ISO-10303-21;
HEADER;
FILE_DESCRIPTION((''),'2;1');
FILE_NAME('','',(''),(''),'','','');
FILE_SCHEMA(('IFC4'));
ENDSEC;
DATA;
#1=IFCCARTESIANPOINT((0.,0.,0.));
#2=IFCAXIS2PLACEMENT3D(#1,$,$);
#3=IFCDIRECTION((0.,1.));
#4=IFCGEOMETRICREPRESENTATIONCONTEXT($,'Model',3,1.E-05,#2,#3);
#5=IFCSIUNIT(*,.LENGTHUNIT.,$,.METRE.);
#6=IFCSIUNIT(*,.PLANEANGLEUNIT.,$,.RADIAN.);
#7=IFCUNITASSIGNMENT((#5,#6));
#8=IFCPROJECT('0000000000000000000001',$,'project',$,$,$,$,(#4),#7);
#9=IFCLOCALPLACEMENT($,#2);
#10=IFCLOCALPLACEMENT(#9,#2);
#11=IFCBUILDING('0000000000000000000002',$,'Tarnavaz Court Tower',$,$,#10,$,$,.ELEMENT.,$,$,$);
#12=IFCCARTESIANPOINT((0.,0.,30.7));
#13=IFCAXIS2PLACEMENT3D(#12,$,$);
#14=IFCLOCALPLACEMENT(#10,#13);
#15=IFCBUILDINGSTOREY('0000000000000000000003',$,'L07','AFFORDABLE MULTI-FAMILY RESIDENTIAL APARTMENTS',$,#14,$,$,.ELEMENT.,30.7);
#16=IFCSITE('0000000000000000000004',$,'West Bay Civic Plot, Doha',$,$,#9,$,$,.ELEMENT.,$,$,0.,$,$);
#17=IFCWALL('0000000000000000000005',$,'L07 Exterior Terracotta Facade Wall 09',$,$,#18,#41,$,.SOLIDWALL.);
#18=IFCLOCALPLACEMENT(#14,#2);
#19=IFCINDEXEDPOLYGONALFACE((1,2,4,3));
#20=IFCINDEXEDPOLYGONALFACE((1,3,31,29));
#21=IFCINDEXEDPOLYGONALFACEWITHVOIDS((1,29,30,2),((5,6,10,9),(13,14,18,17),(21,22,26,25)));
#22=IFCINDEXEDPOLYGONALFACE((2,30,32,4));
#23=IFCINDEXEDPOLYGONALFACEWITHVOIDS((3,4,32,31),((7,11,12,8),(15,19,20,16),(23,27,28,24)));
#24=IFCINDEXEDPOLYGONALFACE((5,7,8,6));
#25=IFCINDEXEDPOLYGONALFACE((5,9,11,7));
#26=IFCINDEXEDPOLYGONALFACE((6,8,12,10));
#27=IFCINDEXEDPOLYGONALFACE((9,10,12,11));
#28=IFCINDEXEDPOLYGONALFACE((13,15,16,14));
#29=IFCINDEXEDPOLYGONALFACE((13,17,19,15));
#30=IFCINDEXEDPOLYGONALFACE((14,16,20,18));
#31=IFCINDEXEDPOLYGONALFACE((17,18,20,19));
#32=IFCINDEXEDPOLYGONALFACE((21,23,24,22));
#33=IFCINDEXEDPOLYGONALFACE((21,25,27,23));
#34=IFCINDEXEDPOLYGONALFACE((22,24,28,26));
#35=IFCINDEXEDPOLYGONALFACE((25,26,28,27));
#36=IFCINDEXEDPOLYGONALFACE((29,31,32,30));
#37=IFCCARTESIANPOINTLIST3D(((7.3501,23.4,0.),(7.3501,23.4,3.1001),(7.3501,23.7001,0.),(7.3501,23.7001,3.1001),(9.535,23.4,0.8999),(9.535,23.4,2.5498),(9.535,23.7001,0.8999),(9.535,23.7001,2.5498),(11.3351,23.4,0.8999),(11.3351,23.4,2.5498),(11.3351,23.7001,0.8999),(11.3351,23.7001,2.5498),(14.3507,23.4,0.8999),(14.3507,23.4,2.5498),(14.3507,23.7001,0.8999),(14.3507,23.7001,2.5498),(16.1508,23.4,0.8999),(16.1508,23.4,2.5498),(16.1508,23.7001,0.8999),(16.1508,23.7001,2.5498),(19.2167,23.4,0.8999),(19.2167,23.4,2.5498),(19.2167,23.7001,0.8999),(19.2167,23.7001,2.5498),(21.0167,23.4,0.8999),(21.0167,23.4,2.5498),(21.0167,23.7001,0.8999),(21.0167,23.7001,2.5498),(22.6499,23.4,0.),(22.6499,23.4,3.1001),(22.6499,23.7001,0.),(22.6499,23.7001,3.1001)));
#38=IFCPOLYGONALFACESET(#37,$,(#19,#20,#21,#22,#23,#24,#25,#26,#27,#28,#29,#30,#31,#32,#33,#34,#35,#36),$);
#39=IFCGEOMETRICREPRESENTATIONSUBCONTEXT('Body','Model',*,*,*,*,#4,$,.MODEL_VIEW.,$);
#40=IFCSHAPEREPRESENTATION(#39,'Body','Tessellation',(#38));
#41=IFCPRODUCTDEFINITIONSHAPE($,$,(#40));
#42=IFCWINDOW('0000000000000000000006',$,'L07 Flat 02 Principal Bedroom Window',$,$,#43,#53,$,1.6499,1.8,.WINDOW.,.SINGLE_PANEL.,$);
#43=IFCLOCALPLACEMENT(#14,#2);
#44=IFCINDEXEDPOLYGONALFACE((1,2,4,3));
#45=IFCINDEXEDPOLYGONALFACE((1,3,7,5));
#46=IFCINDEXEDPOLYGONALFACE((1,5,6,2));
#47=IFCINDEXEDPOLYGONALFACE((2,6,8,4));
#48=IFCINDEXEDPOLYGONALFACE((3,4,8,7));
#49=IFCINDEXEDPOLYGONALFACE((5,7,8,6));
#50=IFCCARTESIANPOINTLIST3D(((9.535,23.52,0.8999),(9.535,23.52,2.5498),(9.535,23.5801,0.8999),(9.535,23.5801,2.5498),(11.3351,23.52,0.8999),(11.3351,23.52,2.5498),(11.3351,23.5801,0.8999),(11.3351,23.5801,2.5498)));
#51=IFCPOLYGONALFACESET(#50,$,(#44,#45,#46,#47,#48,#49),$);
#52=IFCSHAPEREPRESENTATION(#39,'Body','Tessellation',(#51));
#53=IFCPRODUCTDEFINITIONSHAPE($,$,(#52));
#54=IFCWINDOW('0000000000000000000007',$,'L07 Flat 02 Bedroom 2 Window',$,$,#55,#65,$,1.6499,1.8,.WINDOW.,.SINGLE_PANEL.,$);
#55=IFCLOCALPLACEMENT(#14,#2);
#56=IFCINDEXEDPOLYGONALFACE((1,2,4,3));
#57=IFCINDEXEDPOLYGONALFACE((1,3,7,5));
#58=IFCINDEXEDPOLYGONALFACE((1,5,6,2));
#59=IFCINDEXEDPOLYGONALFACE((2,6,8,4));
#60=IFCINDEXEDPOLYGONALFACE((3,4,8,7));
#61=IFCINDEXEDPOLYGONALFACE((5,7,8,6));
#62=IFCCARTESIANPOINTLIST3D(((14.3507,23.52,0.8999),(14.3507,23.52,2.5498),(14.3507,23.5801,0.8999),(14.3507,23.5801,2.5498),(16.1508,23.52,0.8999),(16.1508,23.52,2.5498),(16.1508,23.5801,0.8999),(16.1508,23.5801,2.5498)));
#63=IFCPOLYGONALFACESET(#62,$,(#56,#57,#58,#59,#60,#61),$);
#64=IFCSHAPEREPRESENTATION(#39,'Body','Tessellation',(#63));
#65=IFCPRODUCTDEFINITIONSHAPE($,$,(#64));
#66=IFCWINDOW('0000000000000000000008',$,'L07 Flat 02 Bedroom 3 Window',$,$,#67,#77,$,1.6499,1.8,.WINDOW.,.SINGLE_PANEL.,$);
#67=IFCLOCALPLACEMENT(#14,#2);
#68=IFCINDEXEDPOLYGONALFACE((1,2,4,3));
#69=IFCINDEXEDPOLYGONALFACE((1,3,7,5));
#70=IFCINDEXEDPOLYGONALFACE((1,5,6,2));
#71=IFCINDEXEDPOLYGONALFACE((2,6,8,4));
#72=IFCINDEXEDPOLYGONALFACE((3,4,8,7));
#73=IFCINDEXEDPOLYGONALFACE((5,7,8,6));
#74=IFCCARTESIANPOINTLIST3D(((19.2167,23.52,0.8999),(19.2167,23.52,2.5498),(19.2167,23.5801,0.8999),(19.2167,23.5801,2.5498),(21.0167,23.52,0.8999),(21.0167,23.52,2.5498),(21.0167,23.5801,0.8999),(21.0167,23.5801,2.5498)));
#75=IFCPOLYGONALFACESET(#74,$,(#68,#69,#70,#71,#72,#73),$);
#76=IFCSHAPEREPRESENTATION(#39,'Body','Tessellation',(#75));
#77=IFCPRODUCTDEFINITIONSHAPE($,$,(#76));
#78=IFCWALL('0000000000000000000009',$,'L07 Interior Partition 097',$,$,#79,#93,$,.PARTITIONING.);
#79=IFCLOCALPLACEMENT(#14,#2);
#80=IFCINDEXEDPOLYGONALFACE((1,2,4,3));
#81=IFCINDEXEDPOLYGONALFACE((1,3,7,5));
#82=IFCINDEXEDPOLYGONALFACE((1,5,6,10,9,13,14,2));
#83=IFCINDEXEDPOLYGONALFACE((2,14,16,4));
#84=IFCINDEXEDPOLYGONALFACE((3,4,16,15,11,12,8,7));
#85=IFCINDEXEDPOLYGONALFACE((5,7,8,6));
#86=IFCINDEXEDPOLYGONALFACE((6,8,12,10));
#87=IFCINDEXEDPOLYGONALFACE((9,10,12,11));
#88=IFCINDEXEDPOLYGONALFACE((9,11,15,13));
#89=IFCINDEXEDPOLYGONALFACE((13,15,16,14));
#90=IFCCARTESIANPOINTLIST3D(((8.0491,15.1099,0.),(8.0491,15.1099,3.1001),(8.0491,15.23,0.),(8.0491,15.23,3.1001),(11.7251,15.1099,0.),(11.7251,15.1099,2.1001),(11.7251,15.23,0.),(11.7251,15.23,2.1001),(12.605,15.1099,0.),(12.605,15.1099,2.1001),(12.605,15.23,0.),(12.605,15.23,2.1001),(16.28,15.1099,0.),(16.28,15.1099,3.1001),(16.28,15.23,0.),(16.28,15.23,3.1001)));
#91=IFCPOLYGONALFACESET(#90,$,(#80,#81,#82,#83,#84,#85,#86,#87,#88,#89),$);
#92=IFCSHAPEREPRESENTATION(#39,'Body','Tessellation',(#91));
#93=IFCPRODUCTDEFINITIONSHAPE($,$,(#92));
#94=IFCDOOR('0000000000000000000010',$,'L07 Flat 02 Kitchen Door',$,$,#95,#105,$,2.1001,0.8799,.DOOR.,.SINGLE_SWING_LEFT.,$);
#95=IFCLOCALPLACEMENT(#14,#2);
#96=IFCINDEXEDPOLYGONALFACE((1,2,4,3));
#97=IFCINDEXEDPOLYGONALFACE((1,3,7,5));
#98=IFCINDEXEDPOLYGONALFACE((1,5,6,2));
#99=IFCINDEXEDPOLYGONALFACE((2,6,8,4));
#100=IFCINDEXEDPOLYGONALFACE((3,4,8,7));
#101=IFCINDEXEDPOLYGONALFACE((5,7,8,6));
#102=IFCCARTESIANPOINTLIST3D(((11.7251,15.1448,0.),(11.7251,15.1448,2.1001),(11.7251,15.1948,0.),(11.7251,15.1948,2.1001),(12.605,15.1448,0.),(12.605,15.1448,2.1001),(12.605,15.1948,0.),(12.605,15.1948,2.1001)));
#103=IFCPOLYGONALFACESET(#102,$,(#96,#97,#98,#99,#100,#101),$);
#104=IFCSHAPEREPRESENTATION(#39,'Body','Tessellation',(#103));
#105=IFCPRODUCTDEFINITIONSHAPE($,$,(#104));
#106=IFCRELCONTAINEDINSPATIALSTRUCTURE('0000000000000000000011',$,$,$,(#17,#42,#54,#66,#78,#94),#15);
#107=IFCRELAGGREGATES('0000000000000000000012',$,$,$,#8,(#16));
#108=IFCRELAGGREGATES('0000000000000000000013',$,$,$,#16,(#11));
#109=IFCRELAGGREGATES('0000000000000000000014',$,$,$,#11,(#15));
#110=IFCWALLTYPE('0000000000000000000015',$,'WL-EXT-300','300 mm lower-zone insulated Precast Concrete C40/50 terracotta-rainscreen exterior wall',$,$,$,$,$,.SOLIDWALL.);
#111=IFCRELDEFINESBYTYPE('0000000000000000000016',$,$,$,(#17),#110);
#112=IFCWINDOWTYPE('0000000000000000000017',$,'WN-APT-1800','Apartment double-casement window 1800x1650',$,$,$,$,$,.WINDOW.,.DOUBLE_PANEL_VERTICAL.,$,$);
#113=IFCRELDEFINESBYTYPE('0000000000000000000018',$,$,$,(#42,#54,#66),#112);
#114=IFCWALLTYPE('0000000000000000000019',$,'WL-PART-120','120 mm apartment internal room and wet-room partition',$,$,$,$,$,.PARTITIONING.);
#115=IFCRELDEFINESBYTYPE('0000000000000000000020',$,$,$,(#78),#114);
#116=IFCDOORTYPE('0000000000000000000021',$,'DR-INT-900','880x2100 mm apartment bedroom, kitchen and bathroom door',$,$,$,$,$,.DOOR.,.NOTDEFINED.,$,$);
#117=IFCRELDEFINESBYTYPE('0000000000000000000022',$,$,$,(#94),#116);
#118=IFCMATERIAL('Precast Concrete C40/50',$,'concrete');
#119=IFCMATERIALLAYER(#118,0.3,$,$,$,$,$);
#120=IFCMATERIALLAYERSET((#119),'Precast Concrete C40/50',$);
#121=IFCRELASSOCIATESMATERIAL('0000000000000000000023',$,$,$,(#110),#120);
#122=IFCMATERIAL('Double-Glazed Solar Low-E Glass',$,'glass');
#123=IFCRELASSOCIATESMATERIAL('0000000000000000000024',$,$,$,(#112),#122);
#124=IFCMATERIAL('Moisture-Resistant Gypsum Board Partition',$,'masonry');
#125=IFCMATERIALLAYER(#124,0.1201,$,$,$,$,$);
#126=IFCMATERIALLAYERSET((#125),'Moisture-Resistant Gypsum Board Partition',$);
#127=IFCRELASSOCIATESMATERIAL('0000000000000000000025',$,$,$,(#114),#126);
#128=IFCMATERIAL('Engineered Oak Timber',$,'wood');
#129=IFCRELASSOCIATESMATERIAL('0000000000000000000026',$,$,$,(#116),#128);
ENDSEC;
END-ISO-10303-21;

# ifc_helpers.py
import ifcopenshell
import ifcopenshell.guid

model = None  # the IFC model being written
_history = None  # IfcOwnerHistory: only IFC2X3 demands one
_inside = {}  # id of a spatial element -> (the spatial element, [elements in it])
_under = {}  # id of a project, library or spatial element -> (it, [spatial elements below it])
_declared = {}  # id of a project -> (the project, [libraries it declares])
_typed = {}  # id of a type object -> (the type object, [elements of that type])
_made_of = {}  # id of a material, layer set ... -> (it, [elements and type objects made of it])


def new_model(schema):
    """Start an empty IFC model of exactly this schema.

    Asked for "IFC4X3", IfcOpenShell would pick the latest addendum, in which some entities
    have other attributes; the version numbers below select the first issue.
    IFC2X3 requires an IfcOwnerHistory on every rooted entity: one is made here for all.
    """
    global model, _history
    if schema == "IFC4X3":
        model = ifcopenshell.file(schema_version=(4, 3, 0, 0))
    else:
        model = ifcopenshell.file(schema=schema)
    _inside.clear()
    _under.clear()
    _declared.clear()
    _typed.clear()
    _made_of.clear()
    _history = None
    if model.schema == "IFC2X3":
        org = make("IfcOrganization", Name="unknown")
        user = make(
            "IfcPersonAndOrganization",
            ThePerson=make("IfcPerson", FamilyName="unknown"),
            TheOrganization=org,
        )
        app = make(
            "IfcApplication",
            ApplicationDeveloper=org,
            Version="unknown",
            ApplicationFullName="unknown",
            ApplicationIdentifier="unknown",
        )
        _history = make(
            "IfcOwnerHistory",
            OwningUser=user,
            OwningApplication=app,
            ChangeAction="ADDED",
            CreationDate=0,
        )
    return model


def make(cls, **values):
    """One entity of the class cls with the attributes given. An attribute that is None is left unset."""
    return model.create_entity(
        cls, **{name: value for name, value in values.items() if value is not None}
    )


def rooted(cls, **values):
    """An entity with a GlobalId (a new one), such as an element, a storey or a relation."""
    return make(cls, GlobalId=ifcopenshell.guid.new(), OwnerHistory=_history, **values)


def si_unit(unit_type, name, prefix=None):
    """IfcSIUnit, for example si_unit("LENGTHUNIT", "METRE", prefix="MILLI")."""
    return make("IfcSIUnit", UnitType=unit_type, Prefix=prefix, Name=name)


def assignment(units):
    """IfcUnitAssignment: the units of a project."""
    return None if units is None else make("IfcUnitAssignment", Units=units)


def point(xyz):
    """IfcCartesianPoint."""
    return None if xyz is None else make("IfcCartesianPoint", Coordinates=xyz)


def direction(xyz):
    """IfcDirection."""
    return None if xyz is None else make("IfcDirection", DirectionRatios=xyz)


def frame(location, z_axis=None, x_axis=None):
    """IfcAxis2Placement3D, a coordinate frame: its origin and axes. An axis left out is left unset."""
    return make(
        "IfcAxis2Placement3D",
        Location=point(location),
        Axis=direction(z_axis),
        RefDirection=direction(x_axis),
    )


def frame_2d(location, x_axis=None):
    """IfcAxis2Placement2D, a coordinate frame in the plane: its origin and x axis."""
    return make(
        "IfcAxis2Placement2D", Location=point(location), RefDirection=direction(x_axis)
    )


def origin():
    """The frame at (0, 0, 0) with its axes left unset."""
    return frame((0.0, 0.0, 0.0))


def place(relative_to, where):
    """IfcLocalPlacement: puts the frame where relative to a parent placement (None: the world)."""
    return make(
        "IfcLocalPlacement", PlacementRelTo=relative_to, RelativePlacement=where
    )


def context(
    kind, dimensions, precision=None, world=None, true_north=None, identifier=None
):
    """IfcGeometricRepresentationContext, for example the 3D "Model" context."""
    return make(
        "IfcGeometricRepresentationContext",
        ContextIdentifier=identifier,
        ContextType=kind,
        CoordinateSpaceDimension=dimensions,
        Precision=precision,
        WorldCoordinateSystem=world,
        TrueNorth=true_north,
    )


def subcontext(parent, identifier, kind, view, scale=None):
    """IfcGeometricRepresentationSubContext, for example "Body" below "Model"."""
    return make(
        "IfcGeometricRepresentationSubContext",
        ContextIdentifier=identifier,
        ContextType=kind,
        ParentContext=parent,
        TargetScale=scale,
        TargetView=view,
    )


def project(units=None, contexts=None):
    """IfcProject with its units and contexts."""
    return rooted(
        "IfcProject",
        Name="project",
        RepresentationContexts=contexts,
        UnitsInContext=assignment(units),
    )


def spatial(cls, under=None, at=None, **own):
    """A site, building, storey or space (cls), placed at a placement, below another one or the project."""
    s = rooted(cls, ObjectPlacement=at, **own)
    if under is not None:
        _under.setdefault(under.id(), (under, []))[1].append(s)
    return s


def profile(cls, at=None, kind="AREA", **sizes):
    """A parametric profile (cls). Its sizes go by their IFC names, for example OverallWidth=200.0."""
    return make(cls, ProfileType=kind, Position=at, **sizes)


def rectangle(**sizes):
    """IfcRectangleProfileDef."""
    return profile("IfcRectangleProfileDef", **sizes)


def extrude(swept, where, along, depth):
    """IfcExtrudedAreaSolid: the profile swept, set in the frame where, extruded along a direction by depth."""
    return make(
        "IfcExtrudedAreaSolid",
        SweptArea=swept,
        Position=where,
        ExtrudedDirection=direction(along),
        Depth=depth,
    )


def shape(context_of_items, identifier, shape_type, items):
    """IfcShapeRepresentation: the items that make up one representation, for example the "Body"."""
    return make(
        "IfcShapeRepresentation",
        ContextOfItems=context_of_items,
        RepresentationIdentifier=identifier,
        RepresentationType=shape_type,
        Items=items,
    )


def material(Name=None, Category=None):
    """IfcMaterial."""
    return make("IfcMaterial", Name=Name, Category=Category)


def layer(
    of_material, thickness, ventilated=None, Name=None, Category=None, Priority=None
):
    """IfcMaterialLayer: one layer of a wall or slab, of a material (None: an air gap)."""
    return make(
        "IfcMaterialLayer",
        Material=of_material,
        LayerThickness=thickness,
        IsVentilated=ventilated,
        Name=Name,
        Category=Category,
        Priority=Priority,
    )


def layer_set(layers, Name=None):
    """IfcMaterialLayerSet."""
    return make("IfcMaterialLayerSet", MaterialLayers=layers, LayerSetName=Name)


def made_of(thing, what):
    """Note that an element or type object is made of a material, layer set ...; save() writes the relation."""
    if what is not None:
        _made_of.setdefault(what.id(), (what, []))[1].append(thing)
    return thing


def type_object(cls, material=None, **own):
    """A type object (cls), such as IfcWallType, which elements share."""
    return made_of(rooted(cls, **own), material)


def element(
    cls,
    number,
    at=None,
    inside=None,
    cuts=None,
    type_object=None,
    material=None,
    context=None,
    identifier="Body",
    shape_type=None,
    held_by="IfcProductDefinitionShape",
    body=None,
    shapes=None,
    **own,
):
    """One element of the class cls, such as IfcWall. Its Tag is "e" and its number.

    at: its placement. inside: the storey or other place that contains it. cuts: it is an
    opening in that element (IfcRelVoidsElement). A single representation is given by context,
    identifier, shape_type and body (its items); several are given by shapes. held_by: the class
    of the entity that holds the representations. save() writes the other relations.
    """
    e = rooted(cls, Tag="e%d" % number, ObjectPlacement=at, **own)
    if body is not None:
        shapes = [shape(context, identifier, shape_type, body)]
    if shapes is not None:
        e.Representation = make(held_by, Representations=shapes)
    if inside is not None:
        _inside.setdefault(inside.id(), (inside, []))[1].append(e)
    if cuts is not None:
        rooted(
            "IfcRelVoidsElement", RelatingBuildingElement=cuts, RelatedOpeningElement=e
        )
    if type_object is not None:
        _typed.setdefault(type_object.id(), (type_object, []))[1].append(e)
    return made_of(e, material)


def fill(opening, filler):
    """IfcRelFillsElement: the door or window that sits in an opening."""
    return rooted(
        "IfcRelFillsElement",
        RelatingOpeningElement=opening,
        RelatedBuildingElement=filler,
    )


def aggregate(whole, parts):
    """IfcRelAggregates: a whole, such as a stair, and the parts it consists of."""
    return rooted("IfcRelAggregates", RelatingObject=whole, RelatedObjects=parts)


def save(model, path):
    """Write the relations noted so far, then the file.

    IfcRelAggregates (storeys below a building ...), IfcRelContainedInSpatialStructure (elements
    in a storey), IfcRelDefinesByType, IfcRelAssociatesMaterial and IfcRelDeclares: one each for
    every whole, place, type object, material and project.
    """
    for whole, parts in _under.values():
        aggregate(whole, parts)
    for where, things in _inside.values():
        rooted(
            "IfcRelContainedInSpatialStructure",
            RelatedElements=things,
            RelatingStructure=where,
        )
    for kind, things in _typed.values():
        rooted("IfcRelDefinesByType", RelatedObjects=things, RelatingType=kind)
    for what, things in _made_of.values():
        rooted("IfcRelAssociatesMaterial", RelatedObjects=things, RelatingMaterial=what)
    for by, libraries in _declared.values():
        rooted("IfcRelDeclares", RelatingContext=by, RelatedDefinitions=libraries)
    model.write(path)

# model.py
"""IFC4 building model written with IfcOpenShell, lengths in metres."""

from ifc_helpers import new_model, si_unit, direction, frame, frame_2d, origin, place, context, subcontext, project, spatial, rectangle, extrude, material, layer, layer_set, type_object, element, fill, save


model = new_model("IFC4")

# Units and contexts
model_context = context("Model", 3, precision=1e-05, world=origin(), true_north=direction((0.0, 1.0)))
body_context = subcontext(model_context, "Body", "Model", "MODEL_VIEW")
ifc_project = project(units=[si_unit("LENGTHUNIT", "METRE"), si_unit("PLANEANGLEUNIT", "RADIAN")], contexts=[model_context])

# Site, building, storey
site_placement = place(None, origin())
site = spatial("IfcSite", under=ifc_project, at=site_placement, Name="West Bay Civic Plot, Doha", CompositionType="ELEMENT", RefElevation=0.0)
building_placement = place(site_placement, origin())
building = spatial("IfcBuilding", under=site, at=building_placement, Name="Tarnavaz Court Tower", CompositionType="ELEMENT")
storey_placement = place(building_placement, frame((0.0, 0.0, 30.7)))
storey = spatial("IfcBuildingStorey", under=building, at=storey_placement, Name="L07", Description="AFFORDABLE MULTI-FAMILY RESIDENTIAL APARTMENTS", CompositionType="ELEMENT", Elevation=30.7)

# Shared definitions
ifc_material_1 = material(Name="Double-Glazed Solar Low-E Glass", Category="glass")

# Shared definitions
ifc_material_2 = material(Name="Precast Concrete C40/50", Category="concrete")
ifc_layer_1 = layer(ifc_material_2, 0.3)
ifc_layer_set_1 = layer_set([ifc_layer_1], Name="Precast Concrete C40/50")
wall_type_1 = type_object("IfcWallType", Name="WL-EXT-300", Description="300 mm lower-zone insulated Precast Concrete C40/50 terracotta-rainscreen exterior wall", PredefinedType="SOLIDWALL", material=ifc_layer_set_1)

# Wall, openings, windows
wall_1_placement = place(storey_placement, frame((7.3501, 23.55, 0.0), z_axis=(0.0, 0.0, 1.0), x_axis=(1.0, 0.0, 0.0)))
wall_1 = element("IfcWall", 1, at=wall_1_placement, inside=storey, type_object=wall_type_1, Name="L07 Exterior Terracotta Facade Wall 09", PredefinedType="SOLIDWALL", context=body_context, shape_type="SweptSolid", body=[
    extrude(rectangle(XDim=15.2998, YDim=0.3, at=frame_2d((7.6499, 0.0))), origin(), (0.0, 0.0, 1.0), 3.1001),
])
opening_1_placement = place(wall_1_placement, frame((2.1851, 0.0, 0.8999)))
opening_1 = element("IfcOpeningElement", 2, at=opening_1_placement, cuts=wall_1, PredefinedType="OPENING", context=body_context, shape_type="SweptSolid", body=[
    extrude(rectangle(XDim=1.8, YDim=1.6499, at=frame_2d((0.8999, 0.825))), frame((0.0, 0.1599, 0.0), z_axis=(0.0, -1.0, 0.0), x_axis=(1.0, 0.0, 0.0)), (0.0, 0.0, 1.0), 0.3201),
])
opening_2_placement = place(wall_1_placement, frame((7.0007, 0.0, 0.8999)))
opening_2 = element("IfcOpeningElement", 3, at=opening_2_placement, cuts=wall_1, PredefinedType="OPENING", context=body_context, shape_type="SweptSolid", body=[
    extrude(rectangle(XDim=1.8, YDim=1.6499, at=frame_2d((0.8999, 0.825))), frame((0.0, 0.1599, 0.0), z_axis=(0.0, -1.0, 0.0), x_axis=(1.0, 0.0, 0.0)), (0.0, 0.0, 1.0), 0.3201),
])
opening_3_placement = place(wall_1_placement, frame((11.8667, 0.0, 0.8999)))
opening_3 = element("IfcOpeningElement", 4, at=opening_3_placement, cuts=wall_1, PredefinedType="OPENING", context=body_context, shape_type="SweptSolid", body=[
    extrude(rectangle(XDim=1.8, YDim=1.6499, at=frame_2d((0.8999, 0.825))), frame((0.0, 0.1599, 0.0), z_axis=(0.0, -1.0, 0.0), x_axis=(1.0, 0.0, 0.0)), (0.0, 0.0, 1.0), 0.3201),
])
window_type_1 = type_object("IfcWindowType", Name="WN-APT-1800", Description="Apartment double-casement window 1800x1650", PartitioningType="DOUBLE_PANEL_VERTICAL", PredefinedType="WINDOW", material=ifc_material_1)
window_1_placement = place(opening_1_placement, origin())
window_1 = element("IfcWindow", 5, at=window_1_placement, inside=storey, type_object=window_type_1, Name="L07 Flat 02 Principal Bedroom Window", OverallHeight=1.6499, OverallWidth=1.8, PartitioningType="SINGLE_PANEL", PredefinedType="WINDOW", context=body_context, shape_type="SweptSolid", body=[
    extrude(rectangle(XDim=1.8, YDim=1.6499, at=frame_2d((0.8999, 0.825))), frame((0.0, 0.03, 0.0), z_axis=(0.0, -1.0, 0.0), x_axis=(1.0, 0.0, 0.0)), (0.0, 0.0, 1.0), 0.0601),
])
fill(opening_1, window_1)
window_2_placement = place(opening_2_placement, origin())
window_2 = element("IfcWindow", 6, at=window_2_placement, inside=storey, type_object=window_type_1, Name="L07 Flat 02 Bedroom 2 Window", OverallHeight=1.6499, OverallWidth=1.8, PartitioningType="SINGLE_PANEL", PredefinedType="WINDOW", context=body_context, shape_type="SweptSolid", body=[
    extrude(rectangle(XDim=1.8, YDim=1.6499, at=frame_2d((0.8999, 0.825))), frame((0.0, 0.03, 0.0), z_axis=(0.0, -1.0, 0.0), x_axis=(1.0, 0.0, 0.0)), (0.0, 0.0, 1.0), 0.0601),
])
fill(opening_2, window_2)
window_3_placement = place(opening_3_placement, origin())
window_3 = element("IfcWindow", 7, at=window_3_placement, inside=storey, type_object=window_type_1, Name="L07 Flat 02 Bedroom 3 Window", OverallHeight=1.6499, OverallWidth=1.8, PartitioningType="SINGLE_PANEL", PredefinedType="WINDOW", context=body_context, shape_type="SweptSolid", body=[
    extrude(rectangle(XDim=1.8, YDim=1.6499, at=frame_2d((0.8999, 0.825))), frame((0.0, 0.03, 0.0), z_axis=(0.0, -1.0, 0.0), x_axis=(1.0, 0.0, 0.0)), (0.0, 0.0, 1.0), 0.0601),
])
fill(opening_3, window_3)

# Wall, opening, door
ifc_material_3 = material(Name="Moisture-Resistant Gypsum Board Partition", Category="masonry")
ifc_layer_2 = layer(ifc_material_3, 0.1201)
ifc_layer_set_2 = layer_set([ifc_layer_2], Name="Moisture-Resistant Gypsum Board Partition")
wall_type_2 = type_object("IfcWallType", Name="WL-PART-120", Description="120 mm apartment internal room and wet-room partition", PredefinedType="PARTITIONING", material=ifc_layer_set_2)
wall_2_placement = place(storey_placement, frame((8.0491, 15.1699, 0.0), z_axis=(0.0, 0.0, 1.0), x_axis=(1.0, 0.0, 0.0)))
wall_2 = element("IfcWall", 8, at=wall_2_placement, inside=storey, type_object=wall_type_2, Name="L07 Interior Partition 097", PredefinedType="PARTITIONING", context=body_context, shape_type="SweptSolid", body=[
    extrude(rectangle(XDim=8.231, YDim=0.1201, at=frame_2d((4.1155, 0.0))), origin(), (0.0, 0.0, 1.0), 3.1001),
])
opening_4_placement = place(wall_2_placement, frame((3.676, 0.0, 0.0)))
opening_4 = element("IfcOpeningElement", 9, at=opening_4_placement, cuts=wall_2, PredefinedType="OPENING", context=body_context, shape_type="SweptSolid", body=[
    extrude(rectangle(XDim=0.8799, YDim=2.1001, at=frame_2d((0.4399, 1.05))), frame((0.0, 0.0701, 0.0), z_axis=(0.0, -1.0, 0.0), x_axis=(1.0, 0.0, 0.0)), (0.0, 0.0, 1.0), 0.1401),
])
ifc_material_4 = material(Name="Engineered Oak Timber", Category="wood")
door_type = type_object("IfcDoorType", Name="DR-INT-900", Description="880x2100 mm apartment bedroom, kitchen and bathroom door", OperationType="NOTDEFINED", PredefinedType="DOOR", material=ifc_material_4)
door_1_placement = place(opening_4_placement, origin())
door_1 = element("IfcDoor", 10, at=door_1_placement, inside=storey, type_object=door_type, Name="L07 Flat 02 Kitchen Door", OperationType="SINGLE_SWING_LEFT", OverallHeight=2.1001, OverallWidth=0.8799, PredefinedType="DOOR", context=body_context, shape_type="SweptSolid", body=[
    extrude(rectangle(XDim=0.8799, YDim=2.1001, at=frame_2d((0.4399, 1.05))), frame((0.0, 0.0249, 0.0), z_axis=(0.0, -1.0, 0.0), x_axis=(1.0, 0.0, 0.0)), (0.0, 0.0, 1.0), 0.05),
])
fill(opening_4, door_1)

save(model, "model.ifc")
